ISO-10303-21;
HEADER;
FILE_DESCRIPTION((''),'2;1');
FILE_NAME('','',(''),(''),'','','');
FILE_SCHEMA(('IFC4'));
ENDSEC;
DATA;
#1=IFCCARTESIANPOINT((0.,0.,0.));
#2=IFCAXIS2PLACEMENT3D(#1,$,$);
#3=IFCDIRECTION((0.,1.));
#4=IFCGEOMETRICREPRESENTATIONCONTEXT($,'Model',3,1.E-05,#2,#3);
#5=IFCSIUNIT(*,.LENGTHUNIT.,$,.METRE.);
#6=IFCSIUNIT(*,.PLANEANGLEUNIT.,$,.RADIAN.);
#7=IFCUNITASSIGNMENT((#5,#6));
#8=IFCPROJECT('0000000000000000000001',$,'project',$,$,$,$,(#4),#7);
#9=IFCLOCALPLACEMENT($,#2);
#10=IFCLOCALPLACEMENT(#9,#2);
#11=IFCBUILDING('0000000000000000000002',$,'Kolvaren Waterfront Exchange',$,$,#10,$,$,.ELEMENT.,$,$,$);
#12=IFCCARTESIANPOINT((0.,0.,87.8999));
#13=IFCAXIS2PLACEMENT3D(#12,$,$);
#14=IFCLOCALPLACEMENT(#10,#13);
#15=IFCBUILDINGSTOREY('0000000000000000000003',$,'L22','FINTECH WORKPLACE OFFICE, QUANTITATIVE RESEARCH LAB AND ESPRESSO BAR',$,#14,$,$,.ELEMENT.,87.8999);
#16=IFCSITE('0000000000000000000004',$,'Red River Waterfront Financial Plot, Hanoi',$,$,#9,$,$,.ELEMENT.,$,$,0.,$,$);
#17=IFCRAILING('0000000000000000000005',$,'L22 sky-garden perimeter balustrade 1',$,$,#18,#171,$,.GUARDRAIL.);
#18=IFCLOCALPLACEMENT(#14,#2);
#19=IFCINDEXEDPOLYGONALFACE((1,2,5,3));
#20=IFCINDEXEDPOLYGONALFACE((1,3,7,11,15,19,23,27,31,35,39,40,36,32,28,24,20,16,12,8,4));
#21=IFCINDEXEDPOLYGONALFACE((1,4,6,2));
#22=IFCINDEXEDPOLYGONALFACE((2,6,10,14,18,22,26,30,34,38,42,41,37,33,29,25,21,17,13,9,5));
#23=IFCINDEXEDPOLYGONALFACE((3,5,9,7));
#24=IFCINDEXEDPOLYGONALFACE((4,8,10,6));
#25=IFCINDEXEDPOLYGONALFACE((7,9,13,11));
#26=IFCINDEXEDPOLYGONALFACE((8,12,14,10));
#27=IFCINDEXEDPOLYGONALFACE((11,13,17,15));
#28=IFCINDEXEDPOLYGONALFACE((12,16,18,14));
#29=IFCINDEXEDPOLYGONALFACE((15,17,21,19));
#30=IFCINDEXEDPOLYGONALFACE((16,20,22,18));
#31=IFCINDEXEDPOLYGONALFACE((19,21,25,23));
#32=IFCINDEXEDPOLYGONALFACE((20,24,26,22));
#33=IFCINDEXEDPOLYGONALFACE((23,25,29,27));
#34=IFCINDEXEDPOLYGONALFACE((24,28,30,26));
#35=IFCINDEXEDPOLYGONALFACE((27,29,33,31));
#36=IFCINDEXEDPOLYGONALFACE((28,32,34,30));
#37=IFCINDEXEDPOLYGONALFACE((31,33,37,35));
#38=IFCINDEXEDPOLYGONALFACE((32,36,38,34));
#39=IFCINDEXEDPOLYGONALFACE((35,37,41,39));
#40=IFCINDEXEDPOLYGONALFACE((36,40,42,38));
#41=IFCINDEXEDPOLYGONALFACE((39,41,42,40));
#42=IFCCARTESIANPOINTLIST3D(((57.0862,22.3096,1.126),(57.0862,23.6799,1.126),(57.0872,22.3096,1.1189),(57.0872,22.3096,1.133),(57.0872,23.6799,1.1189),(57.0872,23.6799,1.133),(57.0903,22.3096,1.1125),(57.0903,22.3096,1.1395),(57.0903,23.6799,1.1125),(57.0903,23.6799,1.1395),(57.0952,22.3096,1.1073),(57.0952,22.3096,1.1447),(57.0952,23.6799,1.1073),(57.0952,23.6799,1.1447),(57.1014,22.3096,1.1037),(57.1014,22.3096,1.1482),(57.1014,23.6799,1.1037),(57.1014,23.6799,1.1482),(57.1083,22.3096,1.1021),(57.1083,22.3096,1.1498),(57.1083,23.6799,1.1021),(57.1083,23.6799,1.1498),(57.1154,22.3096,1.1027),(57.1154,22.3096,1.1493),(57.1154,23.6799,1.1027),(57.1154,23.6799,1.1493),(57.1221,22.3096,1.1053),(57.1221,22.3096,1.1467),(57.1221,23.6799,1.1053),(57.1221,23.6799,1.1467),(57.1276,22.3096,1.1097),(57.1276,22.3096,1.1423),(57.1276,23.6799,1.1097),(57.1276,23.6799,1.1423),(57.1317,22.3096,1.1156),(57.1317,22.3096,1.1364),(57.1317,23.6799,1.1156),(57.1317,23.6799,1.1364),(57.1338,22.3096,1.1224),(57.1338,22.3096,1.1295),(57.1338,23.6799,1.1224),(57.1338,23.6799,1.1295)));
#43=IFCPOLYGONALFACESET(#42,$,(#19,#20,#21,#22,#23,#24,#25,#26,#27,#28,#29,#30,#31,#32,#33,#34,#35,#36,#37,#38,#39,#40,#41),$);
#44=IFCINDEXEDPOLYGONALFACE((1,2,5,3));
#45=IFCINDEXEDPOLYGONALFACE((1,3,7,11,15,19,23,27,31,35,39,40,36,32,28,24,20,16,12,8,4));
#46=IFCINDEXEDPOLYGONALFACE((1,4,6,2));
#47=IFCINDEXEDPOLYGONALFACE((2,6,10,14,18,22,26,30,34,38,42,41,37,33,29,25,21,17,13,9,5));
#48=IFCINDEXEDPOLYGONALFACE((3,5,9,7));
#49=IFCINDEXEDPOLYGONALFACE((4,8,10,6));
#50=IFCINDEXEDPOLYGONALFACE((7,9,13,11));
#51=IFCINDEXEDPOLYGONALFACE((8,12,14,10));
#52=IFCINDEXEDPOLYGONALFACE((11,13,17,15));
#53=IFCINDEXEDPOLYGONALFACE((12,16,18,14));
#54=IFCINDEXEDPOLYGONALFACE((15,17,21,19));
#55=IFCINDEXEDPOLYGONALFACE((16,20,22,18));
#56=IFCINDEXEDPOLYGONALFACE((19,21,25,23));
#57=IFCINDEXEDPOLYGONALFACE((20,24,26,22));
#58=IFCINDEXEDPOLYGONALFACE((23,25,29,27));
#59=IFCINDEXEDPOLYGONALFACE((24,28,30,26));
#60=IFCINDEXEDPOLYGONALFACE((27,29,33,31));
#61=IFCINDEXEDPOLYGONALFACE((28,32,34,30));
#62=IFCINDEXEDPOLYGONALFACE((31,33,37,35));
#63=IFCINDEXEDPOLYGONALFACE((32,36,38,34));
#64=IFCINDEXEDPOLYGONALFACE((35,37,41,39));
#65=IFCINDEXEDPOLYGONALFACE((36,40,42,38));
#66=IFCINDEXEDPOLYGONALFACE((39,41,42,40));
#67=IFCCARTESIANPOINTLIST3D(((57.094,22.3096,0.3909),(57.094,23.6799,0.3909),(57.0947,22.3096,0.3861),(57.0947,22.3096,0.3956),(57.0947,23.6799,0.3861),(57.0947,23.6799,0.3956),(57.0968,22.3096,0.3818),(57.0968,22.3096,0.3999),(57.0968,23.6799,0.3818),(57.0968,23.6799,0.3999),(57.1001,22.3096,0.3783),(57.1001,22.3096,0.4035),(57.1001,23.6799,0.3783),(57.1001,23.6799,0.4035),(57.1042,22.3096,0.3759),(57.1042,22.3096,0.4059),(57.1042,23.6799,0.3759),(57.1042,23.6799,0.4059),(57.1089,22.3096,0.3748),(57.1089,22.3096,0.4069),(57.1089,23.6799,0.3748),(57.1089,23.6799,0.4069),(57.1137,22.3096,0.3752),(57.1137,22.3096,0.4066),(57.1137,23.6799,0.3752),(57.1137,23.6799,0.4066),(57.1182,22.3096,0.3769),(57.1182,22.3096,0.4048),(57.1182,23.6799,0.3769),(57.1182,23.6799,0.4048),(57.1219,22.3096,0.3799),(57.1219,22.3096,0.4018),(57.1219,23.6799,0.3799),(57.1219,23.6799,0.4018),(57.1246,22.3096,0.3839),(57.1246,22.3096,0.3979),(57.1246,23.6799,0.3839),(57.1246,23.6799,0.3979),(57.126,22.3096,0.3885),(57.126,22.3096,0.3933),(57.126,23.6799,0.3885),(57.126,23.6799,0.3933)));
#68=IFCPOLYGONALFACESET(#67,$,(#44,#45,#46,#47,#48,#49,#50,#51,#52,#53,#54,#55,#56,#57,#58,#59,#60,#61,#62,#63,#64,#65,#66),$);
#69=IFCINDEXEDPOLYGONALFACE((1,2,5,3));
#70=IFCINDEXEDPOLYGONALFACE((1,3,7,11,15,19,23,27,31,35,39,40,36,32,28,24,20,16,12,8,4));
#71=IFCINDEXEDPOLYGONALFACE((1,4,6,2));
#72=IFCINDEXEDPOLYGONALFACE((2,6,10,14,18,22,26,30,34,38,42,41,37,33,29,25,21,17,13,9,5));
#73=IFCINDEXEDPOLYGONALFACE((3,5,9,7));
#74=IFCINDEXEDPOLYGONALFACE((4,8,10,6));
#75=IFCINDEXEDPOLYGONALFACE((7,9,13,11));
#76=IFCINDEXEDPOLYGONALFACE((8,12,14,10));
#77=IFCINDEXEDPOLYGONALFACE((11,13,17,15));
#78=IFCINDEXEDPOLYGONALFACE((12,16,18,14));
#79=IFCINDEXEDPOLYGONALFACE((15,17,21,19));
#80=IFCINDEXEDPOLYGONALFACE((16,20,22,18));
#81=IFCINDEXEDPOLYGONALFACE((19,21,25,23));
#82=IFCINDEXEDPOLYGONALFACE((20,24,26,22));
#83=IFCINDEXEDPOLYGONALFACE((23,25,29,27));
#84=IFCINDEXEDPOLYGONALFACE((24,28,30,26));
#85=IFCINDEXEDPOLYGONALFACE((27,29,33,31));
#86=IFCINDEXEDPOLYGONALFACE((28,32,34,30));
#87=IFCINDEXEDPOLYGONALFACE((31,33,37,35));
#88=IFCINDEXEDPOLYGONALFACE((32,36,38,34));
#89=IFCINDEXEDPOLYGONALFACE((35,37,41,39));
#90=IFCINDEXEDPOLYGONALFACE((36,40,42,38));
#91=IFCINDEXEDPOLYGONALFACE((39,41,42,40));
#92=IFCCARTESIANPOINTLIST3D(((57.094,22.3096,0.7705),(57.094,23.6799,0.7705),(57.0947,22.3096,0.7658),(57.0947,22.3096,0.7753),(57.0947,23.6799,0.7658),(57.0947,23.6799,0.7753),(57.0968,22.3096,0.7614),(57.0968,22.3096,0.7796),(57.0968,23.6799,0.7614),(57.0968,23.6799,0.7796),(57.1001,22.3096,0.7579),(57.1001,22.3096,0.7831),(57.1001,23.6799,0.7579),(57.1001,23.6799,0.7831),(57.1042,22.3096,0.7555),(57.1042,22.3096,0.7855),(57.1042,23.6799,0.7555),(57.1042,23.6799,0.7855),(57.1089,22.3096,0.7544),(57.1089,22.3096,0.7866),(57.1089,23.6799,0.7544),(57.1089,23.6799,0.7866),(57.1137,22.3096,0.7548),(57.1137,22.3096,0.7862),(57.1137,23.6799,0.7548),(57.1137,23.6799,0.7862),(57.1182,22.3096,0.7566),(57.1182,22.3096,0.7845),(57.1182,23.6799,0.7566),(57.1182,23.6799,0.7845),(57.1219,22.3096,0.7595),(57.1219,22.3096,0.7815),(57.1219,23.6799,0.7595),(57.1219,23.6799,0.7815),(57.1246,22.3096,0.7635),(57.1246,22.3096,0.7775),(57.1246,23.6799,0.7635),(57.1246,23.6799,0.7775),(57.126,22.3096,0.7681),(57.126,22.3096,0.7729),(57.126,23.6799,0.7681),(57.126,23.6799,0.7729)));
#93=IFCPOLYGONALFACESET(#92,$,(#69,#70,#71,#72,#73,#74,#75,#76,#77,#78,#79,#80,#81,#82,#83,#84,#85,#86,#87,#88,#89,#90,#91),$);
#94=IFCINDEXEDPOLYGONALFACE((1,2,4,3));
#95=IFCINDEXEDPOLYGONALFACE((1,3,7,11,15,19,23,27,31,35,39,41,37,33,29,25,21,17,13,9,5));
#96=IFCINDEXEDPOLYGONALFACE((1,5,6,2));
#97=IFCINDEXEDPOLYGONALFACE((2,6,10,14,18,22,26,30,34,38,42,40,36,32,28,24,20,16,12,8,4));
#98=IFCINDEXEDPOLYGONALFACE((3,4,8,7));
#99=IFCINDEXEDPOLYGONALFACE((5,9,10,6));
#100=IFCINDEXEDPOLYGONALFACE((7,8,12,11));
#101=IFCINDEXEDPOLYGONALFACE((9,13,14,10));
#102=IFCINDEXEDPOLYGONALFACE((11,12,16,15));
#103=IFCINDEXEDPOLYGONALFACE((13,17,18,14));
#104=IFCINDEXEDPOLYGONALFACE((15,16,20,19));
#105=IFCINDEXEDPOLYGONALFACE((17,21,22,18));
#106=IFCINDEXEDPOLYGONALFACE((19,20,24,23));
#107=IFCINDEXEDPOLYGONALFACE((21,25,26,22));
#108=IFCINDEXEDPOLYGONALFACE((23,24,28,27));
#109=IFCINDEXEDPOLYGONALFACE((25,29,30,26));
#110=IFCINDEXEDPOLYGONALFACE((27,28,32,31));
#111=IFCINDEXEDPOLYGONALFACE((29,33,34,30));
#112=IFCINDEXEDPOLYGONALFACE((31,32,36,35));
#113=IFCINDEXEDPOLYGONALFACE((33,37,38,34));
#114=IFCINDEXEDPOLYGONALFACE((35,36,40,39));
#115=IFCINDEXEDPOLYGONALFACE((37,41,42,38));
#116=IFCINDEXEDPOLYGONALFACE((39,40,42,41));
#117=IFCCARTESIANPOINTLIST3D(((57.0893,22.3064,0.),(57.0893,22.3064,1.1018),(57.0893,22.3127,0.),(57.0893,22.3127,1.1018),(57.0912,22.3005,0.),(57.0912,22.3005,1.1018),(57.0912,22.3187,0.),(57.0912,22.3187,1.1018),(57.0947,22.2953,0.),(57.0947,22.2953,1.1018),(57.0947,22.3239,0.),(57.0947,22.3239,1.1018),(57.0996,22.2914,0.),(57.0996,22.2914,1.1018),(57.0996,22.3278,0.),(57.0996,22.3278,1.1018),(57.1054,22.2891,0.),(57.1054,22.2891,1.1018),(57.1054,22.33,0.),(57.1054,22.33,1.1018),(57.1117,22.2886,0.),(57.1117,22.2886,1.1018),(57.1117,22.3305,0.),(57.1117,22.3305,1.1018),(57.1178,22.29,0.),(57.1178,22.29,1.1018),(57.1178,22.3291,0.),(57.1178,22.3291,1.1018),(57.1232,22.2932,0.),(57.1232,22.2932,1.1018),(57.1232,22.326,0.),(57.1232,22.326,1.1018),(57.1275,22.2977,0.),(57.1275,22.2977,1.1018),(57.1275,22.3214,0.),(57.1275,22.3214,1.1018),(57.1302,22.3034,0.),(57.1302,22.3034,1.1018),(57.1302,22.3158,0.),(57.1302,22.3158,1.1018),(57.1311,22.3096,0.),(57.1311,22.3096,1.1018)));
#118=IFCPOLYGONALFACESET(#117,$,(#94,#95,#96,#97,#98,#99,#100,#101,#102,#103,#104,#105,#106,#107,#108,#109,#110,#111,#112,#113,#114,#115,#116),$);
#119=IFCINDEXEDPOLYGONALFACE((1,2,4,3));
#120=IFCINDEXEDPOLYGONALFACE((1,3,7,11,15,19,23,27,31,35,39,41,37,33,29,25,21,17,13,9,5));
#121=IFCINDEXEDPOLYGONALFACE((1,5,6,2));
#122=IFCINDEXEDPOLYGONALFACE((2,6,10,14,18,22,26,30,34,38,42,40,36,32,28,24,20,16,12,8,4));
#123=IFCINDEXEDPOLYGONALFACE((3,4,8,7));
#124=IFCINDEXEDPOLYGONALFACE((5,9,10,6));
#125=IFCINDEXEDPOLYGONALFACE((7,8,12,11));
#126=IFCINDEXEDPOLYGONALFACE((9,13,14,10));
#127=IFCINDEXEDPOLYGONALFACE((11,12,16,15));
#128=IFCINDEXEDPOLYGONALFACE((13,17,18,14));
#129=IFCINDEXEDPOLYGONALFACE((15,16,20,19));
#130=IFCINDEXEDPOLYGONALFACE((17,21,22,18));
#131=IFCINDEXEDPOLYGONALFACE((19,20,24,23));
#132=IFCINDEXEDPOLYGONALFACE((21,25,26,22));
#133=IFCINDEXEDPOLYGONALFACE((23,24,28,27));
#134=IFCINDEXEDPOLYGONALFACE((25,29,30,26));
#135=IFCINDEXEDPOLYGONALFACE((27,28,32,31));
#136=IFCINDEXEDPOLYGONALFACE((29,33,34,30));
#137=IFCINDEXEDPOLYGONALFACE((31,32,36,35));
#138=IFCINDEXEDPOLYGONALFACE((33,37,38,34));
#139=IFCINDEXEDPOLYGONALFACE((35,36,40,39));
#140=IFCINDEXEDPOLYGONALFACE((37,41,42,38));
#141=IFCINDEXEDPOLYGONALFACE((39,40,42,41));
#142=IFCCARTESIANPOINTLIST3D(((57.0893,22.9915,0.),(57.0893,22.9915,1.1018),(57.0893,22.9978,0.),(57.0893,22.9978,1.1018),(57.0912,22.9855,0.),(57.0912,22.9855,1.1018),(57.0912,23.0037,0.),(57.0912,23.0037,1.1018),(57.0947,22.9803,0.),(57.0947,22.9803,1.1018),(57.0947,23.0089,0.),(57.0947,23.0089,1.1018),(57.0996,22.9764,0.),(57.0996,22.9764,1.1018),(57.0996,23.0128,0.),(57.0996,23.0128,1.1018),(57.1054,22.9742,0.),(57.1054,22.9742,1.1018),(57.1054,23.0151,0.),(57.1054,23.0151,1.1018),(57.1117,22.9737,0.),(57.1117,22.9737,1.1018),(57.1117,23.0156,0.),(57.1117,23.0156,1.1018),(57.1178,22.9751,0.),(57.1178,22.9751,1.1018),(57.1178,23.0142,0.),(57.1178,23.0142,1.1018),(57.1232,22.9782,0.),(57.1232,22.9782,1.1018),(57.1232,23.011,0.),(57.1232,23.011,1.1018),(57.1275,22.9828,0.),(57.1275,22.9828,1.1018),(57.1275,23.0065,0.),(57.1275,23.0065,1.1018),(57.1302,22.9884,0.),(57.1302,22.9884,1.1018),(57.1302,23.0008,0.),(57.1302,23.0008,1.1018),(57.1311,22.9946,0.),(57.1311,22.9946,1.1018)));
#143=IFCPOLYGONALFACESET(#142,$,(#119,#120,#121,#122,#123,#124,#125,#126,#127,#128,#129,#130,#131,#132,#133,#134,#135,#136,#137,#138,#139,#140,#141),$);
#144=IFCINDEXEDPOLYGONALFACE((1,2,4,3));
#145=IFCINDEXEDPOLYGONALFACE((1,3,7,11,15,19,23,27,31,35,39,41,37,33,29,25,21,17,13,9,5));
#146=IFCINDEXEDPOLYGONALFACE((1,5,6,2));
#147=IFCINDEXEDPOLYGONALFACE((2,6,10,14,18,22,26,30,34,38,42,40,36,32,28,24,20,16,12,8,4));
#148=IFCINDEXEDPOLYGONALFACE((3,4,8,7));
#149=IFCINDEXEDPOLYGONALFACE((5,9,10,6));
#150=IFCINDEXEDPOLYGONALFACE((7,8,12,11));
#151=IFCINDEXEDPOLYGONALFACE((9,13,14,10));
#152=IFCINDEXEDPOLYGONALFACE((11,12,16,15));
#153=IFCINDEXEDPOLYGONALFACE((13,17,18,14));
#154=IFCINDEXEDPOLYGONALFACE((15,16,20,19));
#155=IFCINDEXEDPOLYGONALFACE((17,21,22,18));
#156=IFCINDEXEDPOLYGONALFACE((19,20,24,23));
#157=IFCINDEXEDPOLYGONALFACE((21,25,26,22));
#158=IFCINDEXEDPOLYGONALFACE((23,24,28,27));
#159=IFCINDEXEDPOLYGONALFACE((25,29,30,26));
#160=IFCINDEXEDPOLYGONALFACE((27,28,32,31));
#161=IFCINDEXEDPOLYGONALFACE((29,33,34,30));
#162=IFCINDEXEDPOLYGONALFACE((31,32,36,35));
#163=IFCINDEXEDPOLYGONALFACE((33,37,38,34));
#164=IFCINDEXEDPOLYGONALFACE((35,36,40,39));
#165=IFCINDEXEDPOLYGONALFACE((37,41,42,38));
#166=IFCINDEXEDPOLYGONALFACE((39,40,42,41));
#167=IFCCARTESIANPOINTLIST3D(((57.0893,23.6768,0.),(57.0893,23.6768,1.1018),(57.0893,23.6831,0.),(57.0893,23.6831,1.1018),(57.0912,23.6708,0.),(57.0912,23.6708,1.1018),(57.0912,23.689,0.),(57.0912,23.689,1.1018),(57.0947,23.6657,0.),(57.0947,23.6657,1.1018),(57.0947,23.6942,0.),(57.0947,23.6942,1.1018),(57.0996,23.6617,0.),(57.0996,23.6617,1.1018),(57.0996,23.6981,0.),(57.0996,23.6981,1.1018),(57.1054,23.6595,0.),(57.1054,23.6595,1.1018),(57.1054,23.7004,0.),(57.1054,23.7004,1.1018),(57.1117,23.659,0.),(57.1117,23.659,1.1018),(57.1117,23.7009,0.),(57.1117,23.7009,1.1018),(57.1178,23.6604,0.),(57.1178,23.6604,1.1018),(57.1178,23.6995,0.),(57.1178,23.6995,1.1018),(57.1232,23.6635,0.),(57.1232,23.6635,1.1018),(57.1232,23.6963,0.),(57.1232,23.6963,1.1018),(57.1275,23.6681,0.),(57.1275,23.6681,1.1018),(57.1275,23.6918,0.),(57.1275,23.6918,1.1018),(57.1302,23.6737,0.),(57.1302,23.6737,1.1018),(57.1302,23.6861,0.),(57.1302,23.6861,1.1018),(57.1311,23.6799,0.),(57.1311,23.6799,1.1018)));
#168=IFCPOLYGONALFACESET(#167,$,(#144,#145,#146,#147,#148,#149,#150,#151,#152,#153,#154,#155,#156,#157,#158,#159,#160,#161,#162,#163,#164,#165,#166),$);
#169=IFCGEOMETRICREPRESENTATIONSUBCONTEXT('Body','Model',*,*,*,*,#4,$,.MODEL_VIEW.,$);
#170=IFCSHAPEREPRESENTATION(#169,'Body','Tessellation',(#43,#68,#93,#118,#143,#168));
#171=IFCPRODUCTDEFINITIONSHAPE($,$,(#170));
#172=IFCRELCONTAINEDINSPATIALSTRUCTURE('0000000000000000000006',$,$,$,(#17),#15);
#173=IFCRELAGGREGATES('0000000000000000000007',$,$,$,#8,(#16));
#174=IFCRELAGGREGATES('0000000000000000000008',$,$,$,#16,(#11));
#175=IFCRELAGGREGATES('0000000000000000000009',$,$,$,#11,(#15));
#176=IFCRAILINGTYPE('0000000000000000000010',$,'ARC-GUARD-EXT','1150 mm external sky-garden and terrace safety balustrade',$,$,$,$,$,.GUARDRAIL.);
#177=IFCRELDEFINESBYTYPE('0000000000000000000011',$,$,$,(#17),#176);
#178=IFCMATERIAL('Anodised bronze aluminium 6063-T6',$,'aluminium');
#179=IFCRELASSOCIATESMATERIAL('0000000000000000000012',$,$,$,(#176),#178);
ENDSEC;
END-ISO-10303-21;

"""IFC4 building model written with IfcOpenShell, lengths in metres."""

from ifc_helpers import new_model, si_unit, direction, frame, origin, origin_2d, place, context, subcontext, project, spatial, circle, extrude, material, type_object, element, save


model = new_model("IFC4")

# Units and contexts
model_context = context("Model", 3, precision=1e-05, world=origin(), true_north=direction((0.0, 1.0)))
body_context = subcontext(model_context, "Body", "Model", "MODEL_VIEW")
ifc_project = project(units=[si_unit("LENGTHUNIT", "METRE"), si_unit("PLANEANGLEUNIT", "RADIAN")], contexts=[model_context])

# Site, building, storey
site_placement = place(None, origin())
site = spatial("IfcSite", under=ifc_project, at=site_placement, Name="Red River Waterfront Financial Plot, Hanoi", CompositionType="ELEMENT", RefElevation=0.0)
building_placement = place(site_placement, origin())
building = spatial("IfcBuilding", under=site, at=building_placement, Name="Kolvaren Waterfront Exchange", CompositionType="ELEMENT")
storey_placement = place(building_placement, frame((0.0, 0.0, 87.8999)))
storey = spatial("IfcBuildingStorey", under=building, at=storey_placement, Name="L22", Description="FINTECH WORKPLACE OFFICE, QUANTITATIVE RESEARCH LAB AND ESPRESSO BAR", CompositionType="ELEMENT", Elevation=87.8999)

# Shared definitions
ifc_material_1 = material(Name="Anodised bronze aluminium 6063-T6", Category="aluminium")

# Railing
railing_type = type_object("IfcRailingType", Name="ARC-GUARD-EXT", Description="1150 mm external sky-garden and terrace safety balustrade", PredefinedType="GUARDRAIL", material=ifc_material_1)
railing_1_placement = place(storey_placement, frame((57.1101, 22.3096, 0.0)))
element("IfcRailing", 1, at=railing_1_placement, inside=storey, type_object=railing_type, Name="L22 sky-garden perimeter balustrade 1", PredefinedType="GUARDRAIL", context=body_context, shape_type="SweptSolid", body=[
    extrude(circle(Radius=0.0239, at=origin_2d()), frame((0.0, 0.0, 1.126), z_axis=(0.0, 1.0, 0.0), x_axis=(-1.0, 0.0, 0.0)), (0.0, 0.0, 1.0), 1.3704),
    extrude(circle(Radius=0.0161, at=origin_2d()), frame((0.0, 0.0, 0.3909), z_axis=(0.0, 1.0, 0.0), x_axis=(-1.0, 0.0, 0.0)), (0.0, 0.0, 1.0), 1.3704),
    extrude(circle(Radius=0.0161, at=origin_2d()), frame((0.0, 0.0, 0.7705), z_axis=(0.0, 1.0, 0.0), x_axis=(-1.0, 0.0, 0.0)), (0.0, 0.0, 1.0), 1.3704),
    extrude(circle(Radius=0.021, at=origin_2d()), origin(), (0.0, 0.0, 1.0), 1.1018),
    extrude(circle(Radius=0.021, at=origin_2d()), frame((0.0, 0.6851, 0.0)), (0.0, 0.0, 1.0), 1.1018),
    extrude(circle(Radius=0.021, at=origin_2d()), frame((0.0, 1.3704, 0.0)), (0.0, 0.0, 1.0), 1.1018),
])

save(model, "model.ifc")
